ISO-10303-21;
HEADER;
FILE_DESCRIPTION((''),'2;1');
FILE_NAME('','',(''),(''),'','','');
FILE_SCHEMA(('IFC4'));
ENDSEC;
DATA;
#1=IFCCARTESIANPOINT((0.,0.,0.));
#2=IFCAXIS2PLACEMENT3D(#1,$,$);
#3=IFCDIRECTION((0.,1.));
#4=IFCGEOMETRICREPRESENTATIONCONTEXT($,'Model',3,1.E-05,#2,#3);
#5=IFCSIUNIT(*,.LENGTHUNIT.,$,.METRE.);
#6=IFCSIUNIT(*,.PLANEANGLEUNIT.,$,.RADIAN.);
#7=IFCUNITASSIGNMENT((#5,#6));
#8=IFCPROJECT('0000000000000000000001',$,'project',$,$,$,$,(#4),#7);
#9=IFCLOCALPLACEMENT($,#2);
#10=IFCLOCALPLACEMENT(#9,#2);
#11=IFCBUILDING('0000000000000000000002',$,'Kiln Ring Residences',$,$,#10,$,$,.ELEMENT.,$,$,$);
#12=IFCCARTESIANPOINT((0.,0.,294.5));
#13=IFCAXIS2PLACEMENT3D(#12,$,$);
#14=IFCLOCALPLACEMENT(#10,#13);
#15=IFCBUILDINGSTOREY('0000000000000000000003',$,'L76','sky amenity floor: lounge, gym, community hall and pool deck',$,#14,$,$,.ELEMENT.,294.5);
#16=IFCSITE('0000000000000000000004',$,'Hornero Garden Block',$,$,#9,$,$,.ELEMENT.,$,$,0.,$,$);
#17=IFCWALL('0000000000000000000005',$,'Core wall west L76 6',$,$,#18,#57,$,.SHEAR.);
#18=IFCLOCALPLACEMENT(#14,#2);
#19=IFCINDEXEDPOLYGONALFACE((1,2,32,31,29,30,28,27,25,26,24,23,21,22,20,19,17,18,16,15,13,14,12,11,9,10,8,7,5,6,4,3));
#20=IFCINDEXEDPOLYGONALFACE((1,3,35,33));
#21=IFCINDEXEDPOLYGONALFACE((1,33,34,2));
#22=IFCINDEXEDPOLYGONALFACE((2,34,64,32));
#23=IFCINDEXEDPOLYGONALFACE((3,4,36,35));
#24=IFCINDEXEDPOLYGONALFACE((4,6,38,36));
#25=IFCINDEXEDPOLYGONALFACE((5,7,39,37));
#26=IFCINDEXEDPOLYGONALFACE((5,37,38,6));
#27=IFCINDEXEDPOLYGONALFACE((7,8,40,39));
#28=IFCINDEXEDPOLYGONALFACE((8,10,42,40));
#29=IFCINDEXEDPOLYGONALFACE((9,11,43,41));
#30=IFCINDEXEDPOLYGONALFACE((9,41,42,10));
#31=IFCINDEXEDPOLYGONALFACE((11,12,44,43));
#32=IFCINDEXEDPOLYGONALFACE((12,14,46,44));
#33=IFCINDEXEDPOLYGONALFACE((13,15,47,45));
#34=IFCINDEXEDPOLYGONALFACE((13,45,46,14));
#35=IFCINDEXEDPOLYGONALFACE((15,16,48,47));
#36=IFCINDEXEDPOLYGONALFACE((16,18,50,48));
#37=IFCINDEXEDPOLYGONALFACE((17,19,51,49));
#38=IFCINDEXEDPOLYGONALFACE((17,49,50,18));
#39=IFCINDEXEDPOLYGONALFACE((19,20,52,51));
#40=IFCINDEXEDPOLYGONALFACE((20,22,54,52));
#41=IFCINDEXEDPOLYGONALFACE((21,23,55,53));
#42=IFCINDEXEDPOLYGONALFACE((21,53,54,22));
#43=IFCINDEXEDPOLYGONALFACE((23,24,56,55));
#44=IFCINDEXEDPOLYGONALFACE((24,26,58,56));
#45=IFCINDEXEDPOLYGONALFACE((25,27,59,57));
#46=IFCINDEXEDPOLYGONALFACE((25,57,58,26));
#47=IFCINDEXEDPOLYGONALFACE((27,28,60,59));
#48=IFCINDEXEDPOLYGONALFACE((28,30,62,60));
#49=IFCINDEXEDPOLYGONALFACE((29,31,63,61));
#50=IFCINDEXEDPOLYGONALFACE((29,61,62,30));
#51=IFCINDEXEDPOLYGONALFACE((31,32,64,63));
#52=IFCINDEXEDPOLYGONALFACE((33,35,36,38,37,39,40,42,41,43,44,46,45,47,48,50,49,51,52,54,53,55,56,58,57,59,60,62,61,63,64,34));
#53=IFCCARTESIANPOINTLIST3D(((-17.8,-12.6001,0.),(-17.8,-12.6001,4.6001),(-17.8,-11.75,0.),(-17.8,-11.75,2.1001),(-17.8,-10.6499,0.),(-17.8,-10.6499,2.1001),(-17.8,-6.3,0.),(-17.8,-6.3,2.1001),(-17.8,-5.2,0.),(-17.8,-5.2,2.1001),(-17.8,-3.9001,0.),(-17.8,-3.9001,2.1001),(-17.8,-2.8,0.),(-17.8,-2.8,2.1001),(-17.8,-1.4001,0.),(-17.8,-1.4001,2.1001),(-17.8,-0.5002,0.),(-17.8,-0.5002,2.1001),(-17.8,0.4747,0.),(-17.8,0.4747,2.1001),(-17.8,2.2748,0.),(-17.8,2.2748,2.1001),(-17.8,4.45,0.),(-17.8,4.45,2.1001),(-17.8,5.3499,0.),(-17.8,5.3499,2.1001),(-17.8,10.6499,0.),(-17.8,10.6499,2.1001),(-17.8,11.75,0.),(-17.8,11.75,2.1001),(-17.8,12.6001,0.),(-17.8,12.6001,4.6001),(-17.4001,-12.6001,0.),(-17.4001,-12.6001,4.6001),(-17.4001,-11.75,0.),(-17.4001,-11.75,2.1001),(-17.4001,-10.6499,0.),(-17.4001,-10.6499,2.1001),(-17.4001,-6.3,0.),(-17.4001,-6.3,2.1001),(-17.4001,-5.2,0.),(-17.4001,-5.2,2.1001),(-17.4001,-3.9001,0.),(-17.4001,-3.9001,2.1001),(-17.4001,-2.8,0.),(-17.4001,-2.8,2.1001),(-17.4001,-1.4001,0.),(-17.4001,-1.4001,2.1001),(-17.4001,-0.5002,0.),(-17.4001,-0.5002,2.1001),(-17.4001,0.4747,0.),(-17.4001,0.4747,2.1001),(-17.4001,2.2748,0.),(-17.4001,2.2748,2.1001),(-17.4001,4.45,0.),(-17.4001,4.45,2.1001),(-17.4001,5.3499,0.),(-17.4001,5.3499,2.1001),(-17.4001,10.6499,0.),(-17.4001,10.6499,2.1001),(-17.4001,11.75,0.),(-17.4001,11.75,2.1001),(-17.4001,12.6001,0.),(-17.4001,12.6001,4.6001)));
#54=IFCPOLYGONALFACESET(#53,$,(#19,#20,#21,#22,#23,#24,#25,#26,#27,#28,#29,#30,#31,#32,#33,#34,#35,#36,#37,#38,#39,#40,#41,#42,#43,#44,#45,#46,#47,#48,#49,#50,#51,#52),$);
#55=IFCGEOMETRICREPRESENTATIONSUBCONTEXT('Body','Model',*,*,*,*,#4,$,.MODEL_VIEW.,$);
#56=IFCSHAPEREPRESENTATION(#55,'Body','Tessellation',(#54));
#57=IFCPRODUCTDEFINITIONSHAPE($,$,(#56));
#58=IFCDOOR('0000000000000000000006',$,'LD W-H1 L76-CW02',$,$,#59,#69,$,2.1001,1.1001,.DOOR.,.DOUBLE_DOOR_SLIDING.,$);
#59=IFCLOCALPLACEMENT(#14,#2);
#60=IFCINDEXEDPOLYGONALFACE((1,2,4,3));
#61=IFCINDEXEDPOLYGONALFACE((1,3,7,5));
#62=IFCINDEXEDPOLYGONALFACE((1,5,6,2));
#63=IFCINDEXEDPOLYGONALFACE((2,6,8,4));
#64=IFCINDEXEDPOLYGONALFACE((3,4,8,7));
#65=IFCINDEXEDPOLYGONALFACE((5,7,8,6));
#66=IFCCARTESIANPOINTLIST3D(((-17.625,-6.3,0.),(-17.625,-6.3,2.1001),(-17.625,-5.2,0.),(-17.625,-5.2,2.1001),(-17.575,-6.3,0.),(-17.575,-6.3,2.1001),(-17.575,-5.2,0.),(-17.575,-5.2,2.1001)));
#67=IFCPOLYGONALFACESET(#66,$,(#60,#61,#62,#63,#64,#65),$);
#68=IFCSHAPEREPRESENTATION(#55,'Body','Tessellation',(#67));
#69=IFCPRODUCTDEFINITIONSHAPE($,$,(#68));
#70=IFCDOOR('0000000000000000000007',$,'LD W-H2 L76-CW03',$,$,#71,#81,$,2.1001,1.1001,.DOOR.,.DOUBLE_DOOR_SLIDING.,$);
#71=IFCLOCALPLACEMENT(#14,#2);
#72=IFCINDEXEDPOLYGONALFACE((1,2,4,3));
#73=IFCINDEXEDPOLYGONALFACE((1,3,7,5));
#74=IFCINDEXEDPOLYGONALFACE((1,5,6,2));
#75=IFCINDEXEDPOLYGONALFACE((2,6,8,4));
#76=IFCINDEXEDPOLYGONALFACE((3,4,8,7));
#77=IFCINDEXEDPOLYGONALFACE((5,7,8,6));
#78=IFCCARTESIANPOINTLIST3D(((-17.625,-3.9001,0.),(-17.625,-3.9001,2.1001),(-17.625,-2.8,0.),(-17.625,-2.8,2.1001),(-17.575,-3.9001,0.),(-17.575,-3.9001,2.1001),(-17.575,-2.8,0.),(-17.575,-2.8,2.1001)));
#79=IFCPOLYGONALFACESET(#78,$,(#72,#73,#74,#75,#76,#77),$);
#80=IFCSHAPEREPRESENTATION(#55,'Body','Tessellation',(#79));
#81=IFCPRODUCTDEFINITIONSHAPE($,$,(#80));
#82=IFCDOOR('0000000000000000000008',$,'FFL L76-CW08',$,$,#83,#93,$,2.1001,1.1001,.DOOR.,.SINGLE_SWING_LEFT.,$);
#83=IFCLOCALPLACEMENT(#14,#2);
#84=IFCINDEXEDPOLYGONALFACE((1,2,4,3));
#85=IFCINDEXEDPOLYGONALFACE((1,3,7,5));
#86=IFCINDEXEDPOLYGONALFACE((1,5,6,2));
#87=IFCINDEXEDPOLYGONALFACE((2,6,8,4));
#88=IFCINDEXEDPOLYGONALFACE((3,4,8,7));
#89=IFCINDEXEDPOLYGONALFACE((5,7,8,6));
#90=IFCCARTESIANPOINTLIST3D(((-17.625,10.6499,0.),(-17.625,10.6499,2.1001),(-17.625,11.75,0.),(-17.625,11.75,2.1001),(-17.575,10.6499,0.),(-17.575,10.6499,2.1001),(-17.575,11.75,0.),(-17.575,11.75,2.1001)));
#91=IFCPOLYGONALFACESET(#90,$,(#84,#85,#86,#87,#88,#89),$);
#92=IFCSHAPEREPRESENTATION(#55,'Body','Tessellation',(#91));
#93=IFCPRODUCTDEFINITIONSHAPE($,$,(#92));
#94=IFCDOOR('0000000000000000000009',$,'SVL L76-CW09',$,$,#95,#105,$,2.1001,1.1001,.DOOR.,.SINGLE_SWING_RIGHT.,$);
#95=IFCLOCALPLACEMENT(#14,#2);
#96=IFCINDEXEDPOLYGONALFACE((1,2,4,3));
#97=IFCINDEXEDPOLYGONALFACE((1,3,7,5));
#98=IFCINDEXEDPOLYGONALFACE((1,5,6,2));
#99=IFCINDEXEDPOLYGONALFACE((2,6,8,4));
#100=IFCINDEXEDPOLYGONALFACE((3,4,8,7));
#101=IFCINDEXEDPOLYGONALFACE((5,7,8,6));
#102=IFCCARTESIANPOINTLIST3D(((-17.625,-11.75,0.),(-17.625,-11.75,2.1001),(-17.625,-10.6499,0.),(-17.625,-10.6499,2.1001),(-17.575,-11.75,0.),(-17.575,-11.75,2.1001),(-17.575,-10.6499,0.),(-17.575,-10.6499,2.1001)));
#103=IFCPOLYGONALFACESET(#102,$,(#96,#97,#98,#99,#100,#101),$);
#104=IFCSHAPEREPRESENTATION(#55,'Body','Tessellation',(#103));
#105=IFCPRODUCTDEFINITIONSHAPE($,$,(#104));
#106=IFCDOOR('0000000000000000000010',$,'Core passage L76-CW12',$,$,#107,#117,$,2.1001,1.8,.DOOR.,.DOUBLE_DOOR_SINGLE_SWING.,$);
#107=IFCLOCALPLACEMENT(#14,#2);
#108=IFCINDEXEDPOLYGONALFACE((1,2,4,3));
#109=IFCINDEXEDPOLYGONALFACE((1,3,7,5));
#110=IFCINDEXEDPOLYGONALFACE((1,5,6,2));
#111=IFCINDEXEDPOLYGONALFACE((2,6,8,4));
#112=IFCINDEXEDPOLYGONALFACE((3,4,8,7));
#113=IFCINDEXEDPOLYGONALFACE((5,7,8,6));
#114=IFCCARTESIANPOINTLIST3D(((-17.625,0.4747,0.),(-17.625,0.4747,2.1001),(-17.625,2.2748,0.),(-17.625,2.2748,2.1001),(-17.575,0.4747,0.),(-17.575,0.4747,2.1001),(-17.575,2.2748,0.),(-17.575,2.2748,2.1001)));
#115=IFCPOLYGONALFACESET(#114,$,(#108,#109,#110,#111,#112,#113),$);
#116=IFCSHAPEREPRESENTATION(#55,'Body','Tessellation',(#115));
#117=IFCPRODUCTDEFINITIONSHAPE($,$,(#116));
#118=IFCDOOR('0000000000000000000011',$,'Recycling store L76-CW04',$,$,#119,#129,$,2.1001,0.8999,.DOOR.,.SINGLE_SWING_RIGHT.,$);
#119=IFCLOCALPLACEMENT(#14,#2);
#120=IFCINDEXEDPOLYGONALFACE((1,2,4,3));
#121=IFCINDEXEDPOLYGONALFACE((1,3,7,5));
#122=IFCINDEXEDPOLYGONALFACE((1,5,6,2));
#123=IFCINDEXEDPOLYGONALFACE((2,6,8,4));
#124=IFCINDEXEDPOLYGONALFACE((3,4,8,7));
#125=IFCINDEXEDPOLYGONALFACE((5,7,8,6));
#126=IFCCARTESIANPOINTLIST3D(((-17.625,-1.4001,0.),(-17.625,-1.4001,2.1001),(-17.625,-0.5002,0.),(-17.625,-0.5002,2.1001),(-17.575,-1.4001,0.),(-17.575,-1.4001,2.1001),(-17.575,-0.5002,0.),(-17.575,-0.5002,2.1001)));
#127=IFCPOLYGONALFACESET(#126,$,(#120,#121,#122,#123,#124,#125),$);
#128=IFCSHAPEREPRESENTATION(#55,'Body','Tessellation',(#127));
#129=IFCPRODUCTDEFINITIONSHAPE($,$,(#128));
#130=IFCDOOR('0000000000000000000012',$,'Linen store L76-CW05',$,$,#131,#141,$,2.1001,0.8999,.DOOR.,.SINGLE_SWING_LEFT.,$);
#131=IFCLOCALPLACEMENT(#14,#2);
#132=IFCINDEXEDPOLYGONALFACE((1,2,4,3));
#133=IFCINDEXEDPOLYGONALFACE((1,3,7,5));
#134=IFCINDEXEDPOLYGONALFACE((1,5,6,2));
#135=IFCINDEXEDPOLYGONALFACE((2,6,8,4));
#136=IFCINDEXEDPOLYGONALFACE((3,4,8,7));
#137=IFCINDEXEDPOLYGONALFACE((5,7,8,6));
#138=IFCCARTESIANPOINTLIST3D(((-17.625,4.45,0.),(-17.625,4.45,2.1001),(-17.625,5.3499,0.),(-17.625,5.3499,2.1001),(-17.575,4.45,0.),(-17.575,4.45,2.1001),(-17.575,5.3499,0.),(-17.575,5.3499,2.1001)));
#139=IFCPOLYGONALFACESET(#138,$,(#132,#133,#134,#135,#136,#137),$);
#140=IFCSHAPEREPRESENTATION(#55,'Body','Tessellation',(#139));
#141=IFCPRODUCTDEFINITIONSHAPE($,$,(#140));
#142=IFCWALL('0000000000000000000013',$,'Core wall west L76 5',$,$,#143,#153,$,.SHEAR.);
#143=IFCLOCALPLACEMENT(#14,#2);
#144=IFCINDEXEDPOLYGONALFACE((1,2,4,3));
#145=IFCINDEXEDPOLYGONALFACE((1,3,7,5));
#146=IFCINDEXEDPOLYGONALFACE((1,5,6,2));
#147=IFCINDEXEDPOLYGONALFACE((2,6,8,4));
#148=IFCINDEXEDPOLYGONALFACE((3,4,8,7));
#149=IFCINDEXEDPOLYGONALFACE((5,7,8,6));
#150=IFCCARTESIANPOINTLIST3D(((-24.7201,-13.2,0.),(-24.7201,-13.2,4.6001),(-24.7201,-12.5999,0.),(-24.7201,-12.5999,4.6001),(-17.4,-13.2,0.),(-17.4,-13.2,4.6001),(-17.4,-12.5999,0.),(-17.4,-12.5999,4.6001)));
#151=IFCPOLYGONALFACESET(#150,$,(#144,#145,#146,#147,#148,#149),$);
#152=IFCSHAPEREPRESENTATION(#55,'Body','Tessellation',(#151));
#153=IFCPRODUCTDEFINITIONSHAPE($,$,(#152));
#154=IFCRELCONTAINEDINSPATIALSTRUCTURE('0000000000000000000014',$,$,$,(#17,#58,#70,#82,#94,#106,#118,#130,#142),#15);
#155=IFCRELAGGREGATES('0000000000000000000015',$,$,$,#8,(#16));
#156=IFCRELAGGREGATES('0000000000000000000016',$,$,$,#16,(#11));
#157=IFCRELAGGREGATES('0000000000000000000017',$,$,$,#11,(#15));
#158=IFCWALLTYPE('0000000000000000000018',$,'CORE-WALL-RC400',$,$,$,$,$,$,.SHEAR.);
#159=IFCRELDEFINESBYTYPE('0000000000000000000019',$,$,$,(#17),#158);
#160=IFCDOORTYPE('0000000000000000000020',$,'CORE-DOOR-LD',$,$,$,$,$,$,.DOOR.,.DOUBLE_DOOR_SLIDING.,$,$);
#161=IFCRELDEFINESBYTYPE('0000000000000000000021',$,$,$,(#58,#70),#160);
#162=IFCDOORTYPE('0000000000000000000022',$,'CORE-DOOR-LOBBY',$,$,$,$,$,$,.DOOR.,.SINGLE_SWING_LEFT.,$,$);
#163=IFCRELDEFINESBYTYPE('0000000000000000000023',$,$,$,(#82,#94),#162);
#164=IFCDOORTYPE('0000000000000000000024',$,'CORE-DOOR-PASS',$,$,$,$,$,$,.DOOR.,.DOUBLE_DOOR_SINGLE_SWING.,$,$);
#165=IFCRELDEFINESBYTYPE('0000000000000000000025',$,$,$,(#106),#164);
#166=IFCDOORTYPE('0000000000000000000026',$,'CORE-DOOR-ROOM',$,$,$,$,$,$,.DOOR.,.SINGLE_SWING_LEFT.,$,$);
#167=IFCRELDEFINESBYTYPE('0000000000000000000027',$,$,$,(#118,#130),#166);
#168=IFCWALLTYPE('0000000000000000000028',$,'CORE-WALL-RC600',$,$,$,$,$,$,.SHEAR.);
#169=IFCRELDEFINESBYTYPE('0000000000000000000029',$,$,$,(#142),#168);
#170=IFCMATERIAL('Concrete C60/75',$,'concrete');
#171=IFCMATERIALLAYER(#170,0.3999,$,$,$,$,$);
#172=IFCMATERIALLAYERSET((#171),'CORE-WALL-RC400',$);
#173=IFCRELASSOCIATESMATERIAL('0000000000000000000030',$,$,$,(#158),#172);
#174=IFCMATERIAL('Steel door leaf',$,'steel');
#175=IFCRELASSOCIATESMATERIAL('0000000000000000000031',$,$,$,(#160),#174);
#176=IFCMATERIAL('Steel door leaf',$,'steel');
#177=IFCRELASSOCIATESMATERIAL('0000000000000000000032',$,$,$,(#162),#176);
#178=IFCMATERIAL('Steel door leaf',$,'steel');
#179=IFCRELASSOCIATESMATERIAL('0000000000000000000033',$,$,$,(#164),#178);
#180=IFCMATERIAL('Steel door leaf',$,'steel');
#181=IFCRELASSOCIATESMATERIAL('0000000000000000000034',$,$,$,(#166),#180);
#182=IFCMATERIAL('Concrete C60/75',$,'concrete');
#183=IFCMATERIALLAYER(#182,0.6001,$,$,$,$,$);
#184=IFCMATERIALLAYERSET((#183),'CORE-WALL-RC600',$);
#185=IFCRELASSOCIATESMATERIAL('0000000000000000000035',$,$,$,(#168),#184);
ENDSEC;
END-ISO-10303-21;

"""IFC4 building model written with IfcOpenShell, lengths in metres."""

from ifc_helpers import new_model, si_unit, direction, frame, frame_2d, origin, place, context, subcontext, project, spatial, rectangle, extrude, material, layer, layer_set, type_object, element, fill, save


model = new_model("IFC4")

# Units and contexts
model_context = context("Model", 3, precision=1e-05, world=origin(), true_north=direction((0.0, 1.0)))
body_context = subcontext(model_context, "Body", "Model", "MODEL_VIEW")
ifc_project = project(units=[si_unit("LENGTHUNIT", "METRE"), si_unit("PLANEANGLEUNIT", "RADIAN")], contexts=[model_context])

# Site, building, storey
site_placement = place(None, origin())
site = spatial("IfcSite", under=ifc_project, at=site_placement, Name="Hornero Garden Block", CompositionType="ELEMENT", RefElevation=0.0)
building_placement = place(site_placement, origin())
building = spatial("IfcBuilding", under=site, at=building_placement, Name="Kiln Ring Residences", CompositionType="ELEMENT")
storey_placement = place(building_placement, frame((0.0, 0.0, 294.5)))
storey = spatial("IfcBuildingStorey", under=building, at=storey_placement, Name="L76", Description="sky amenity floor: lounge, gym, community hall and pool deck", CompositionType="ELEMENT", Elevation=294.5)

# Wall, openings, doors
ifc_material_1 = material(Name="Concrete C60/75", Category="concrete")
ifc_layer_1 = layer(ifc_material_1, 0.3999)
ifc_layer_set_1 = layer_set([ifc_layer_1], Name="CORE-WALL-RC400")
wall_type_1 = type_object("IfcWallType", Name="CORE-WALL-RC400", PredefinedType="SHEAR", material=ifc_layer_set_1)
wall_1_placement = place(storey_placement, frame((-17.6001, -12.6001, 0.0), z_axis=(0.0, 0.0, 1.0), x_axis=(0.0, 1.0, 0.0)))
wall_1 = element("IfcWall", 1, at=wall_1_placement, inside=storey, type_object=wall_type_1, Name="Core wall west L76 6", PredefinedType="SHEAR", context=body_context, shape_type="SweptSolid", body=[
    extrude(rectangle(XDim=25.2002, YDim=0.3999, at=frame_2d((12.6001, 0.0))), origin(), (0.0, 0.0, 1.0), 4.6001),
])
opening_1_placement = place(wall_1_placement, frame((6.3, 0.0, 0.0)))
opening_1 = element("IfcOpeningElement", 2, at=opening_1_placement, cuts=wall_1, PredefinedType="OPENING", context=body_context, shape_type="SweptSolid", body=[
    extrude(rectangle(XDim=1.1001, YDim=2.1001, at=frame_2d((0.55, 1.05))), frame((0.0, 0.21, 0.0), z_axis=(0.0, -1.0, 0.0), x_axis=(1.0, 0.0, 0.0)), (0.0, 0.0, 1.0), 0.4199),
])
opening_2_placement = place(wall_1_placement, frame((8.7, 0.0, 0.0)))
opening_2 = element("IfcOpeningElement", 3, at=opening_2_placement, cuts=wall_1, PredefinedType="OPENING", context=body_context, shape_type="SweptSolid", body=[
    extrude(rectangle(XDim=1.1001, YDim=2.1001, at=frame_2d((0.55, 1.05))), frame((0.0, 0.21, 0.0), z_axis=(0.0, -1.0, 0.0), x_axis=(1.0, 0.0, 0.0)), (0.0, 0.0, 1.0), 0.4199),
])
opening_3_placement = place(wall_1_placement, frame((11.2, 0.0, 0.0)))
opening_3 = element("IfcOpeningElement", 4, at=opening_3_placement, cuts=wall_1, PredefinedType="OPENING", context=body_context, shape_type="SweptSolid", body=[
    extrude(rectangle(XDim=0.8999, YDim=2.1001, at=frame_2d((0.45, 1.05))), frame((0.0, 0.21, 0.0), z_axis=(0.0, -1.0, 0.0), x_axis=(1.0, 0.0, 0.0)), (0.0, 0.0, 1.0), 0.4199),
])
opening_4_placement = place(wall_1_placement, frame((17.05, 0.0, 0.0)))
opening_4 = element("IfcOpeningElement", 5, at=opening_4_placement, cuts=wall_1, PredefinedType="OPENING", context=body_context, shape_type="SweptSolid", body=[
    extrude(rectangle(XDim=0.8999, YDim=2.1001, at=frame_2d((0.45, 1.05))), frame((0.0, 0.21, 0.0), z_axis=(0.0, -1.0, 0.0), x_axis=(1.0, 0.0, 0.0)), (0.0, 0.0, 1.0), 0.4199),
])
opening_5_placement = place(wall_1_placement, frame((23.25, 0.0, 0.0)))
opening_5 = element("IfcOpeningElement", 6, at=opening_5_placement, cuts=wall_1, PredefinedType="OPENING", context=body_context, shape_type="SweptSolid", body=[
    extrude(rectangle(XDim=1.1001, YDim=2.1001, at=frame_2d((0.55, 1.05))), frame((0.0, 0.21, 0.0), z_axis=(0.0, -1.0, 0.0), x_axis=(1.0, 0.0, 0.0)), (0.0, 0.0, 1.0), 0.4199),
])
opening_6_placement = place(wall_1_placement, frame((0.8501, 0.0, 0.0)))
opening_6 = element("IfcOpeningElement", 7, at=opening_6_placement, cuts=wall_1, PredefinedType="OPENING", context=body_context, shape_type="SweptSolid", body=[
    extrude(rectangle(XDim=1.1001, YDim=2.1001, at=frame_2d((0.55, 1.05))), frame((0.0, 0.21, 0.0), z_axis=(0.0, -1.0, 0.0), x_axis=(1.0, 0.0, 0.0)), (0.0, 0.0, 1.0), 0.4199),
])
opening_7_placement = place(wall_1_placement, frame((13.075, 0.0, 0.0)))
opening_7 = element("IfcOpeningElement", 8, at=opening_7_placement, cuts=wall_1, PredefinedType="OPENING", context=body_context, shape_type="SweptSolid", body=[
    extrude(rectangle(XDim=1.8, YDim=2.1001, at=frame_2d((0.8999, 1.05))), frame((0.0, 0.21, 0.0), z_axis=(0.0, -1.0, 0.0), x_axis=(1.0, 0.0, 0.0)), (0.0, 0.0, 1.0), 0.4199),
])
ifc_material_2 = material(Name="Steel door leaf", Category="steel")
door_type_1 = type_object("IfcDoorType", Name="CORE-DOOR-LD", OperationType="DOUBLE_DOOR_SLIDING", PredefinedType="DOOR", material=ifc_material_2)
door_1_placement = place(opening_1_placement, origin())
door_1 = element("IfcDoor", 9, at=door_1_placement, inside=storey, type_object=door_type_1, Name="LD W-H1 L76-CW02", OperationType="DOUBLE_DOOR_SLIDING", OverallHeight=2.1001, OverallWidth=1.1001, PredefinedType="DOOR", context=body_context, shape_type="SweptSolid", body=[
    extrude(rectangle(XDim=1.1001, YDim=2.1001, at=frame_2d((0.55, 1.05))), frame((0.0, 0.0249, 0.0), z_axis=(0.0, -1.0, 0.0), x_axis=(1.0, 0.0, 0.0)), (0.0, 0.0, 1.0), 0.05),
])
fill(opening_1, door_1)
door_2_placement = place(opening_2_placement, origin())
door_2 = element("IfcDoor", 10, at=door_2_placement, inside=storey, type_object=door_type_1, Name="LD W-H2 L76-CW03", OperationType="DOUBLE_DOOR_SLIDING", OverallHeight=2.1001, OverallWidth=1.1001, PredefinedType="DOOR", context=body_context, shape_type="SweptSolid", body=[
    extrude(rectangle(XDim=1.1001, YDim=2.1001, at=frame_2d((0.55, 1.05))), frame((0.0, 0.0249, 0.0), z_axis=(0.0, -1.0, 0.0), x_axis=(1.0, 0.0, 0.0)), (0.0, 0.0, 1.0), 0.05),
])
fill(opening_2, door_2)
ifc_material_3 = material(Name="Steel door leaf", Category="steel")
door_type_2 = type_object("IfcDoorType", Name="CORE-DOOR-LOBBY", OperationType="SINGLE_SWING_LEFT", PredefinedType="DOOR", material=ifc_material_3)
door_3_placement = place(opening_5_placement, origin())
door_3 = element("IfcDoor", 11, at=door_3_placement, inside=storey, type_object=door_type_2, Name="FFL L76-CW08", OperationType="SINGLE_SWING_LEFT", OverallHeight=2.1001, OverallWidth=1.1001, PredefinedType="DOOR", context=body_context, shape_type="SweptSolid", body=[
    extrude(rectangle(XDim=1.1001, YDim=2.1001, at=frame_2d((0.55, 1.05))), frame((0.0, 0.0249, 0.0), z_axis=(0.0, -1.0, 0.0), x_axis=(1.0, 0.0, 0.0)), (0.0, 0.0, 1.0), 0.05),
])
fill(opening_5, door_3)
door_4_placement = place(opening_6_placement, origin())
door_4 = element("IfcDoor", 12, at=door_4_placement, inside=storey, type_object=door_type_2, Name="SVL L76-CW09", OperationType="SINGLE_SWING_RIGHT", OverallHeight=2.1001, OverallWidth=1.1001, PredefinedType="DOOR", context=body_context, shape_type="SweptSolid", body=[
    extrude(rectangle(XDim=1.1001, YDim=2.1001, at=frame_2d((0.55, 1.05))), frame((0.0, 0.0249, 0.0), z_axis=(0.0, -1.0, 0.0), x_axis=(1.0, 0.0, 0.0)), (0.0, 0.0, 1.0), 0.05),
])
fill(opening_6, door_4)
ifc_material_4 = material(Name="Steel door leaf", Category="steel")
door_type_3 = type_object("IfcDoorType", Name="CORE-DOOR-PASS", OperationType="DOUBLE_DOOR_SINGLE_SWING", PredefinedType="DOOR", material=ifc_material_4)
door_5_placement = place(opening_7_placement, origin())
door_5 = element("IfcDoor", 13, at=door_5_placement, inside=storey, type_object=door_type_3, Name="Core passage L76-CW12", OperationType="DOUBLE_DOOR_SINGLE_SWING", OverallHeight=2.1001, OverallWidth=1.8, PredefinedType="DOOR", context=body_context, shape_type="SweptSolid", body=[
    extrude(rectangle(XDim=1.8, YDim=2.1001, at=frame_2d((0.8999, 1.05))), frame((0.0, 0.0249, 0.0), z_axis=(0.0, -1.0, 0.0), x_axis=(1.0, 0.0, 0.0)), (0.0, 0.0, 1.0), 0.05),
])
fill(opening_7, door_5)
ifc_material_5 = material(Name="Steel door leaf", Category="steel")
door_type_4 = type_object("IfcDoorType", Name="CORE-DOOR-ROOM", OperationType="SINGLE_SWING_LEFT", PredefinedType="DOOR", material=ifc_material_5)
door_6_placement = place(opening_3_placement, origin())
door_6 = element("IfcDoor", 14, at=door_6_placement, inside=storey, type_object=door_type_4, Name="Recycling store L76-CW04", OperationType="SINGLE_SWING_RIGHT", OverallHeight=2.1001, OverallWidth=0.8999, PredefinedType="DOOR", context=body_context, shape_type="SweptSolid", body=[
    extrude(rectangle(XDim=0.8999, YDim=2.1001, at=frame_2d((0.45, 1.05))), frame((0.0, 0.0249, 0.0), z_axis=(0.0, -1.0, 0.0), x_axis=(1.0, 0.0, 0.0)), (0.0, 0.0, 1.0), 0.05),
])
fill(opening_3, door_6)
door_7_placement = place(opening_4_placement, origin())
door_7 = element("IfcDoor", 15, at=door_7_placement, inside=storey, type_object=door_type_4, Name="Linen store L76-CW05", OperationType="SINGLE_SWING_LEFT", OverallHeight=2.1001, OverallWidth=0.8999, PredefinedType="DOOR", context=body_context, shape_type="SweptSolid", body=[
    extrude(rectangle(XDim=0.8999, YDim=2.1001, at=frame_2d((0.45, 1.05))), frame((0.0, 0.0249, 0.0), z_axis=(0.0, -1.0, 0.0), x_axis=(1.0, 0.0, 0.0)), (0.0, 0.0, 1.0), 0.05),
])
fill(opening_4, door_7)

# Wall
ifc_material_6 = material(Name="Concrete C60/75", Category="concrete")
ifc_layer_2 = layer(ifc_material_6, 0.6001)
ifc_layer_set_2 = layer_set([ifc_layer_2], Name="CORE-WALL-RC600")
wall_type_2 = type_object("IfcWallType", Name="CORE-WALL-RC600", PredefinedType="SHEAR", material=ifc_layer_set_2)
wall_2_placement = place(storey_placement, frame((-17.3999, -12.8999, 0.0), z_axis=(0.0, 0.0, 1.0), x_axis=(-1.0, 0.0, 0.0)))
element("IfcWall", 16, at=wall_2_placement, inside=storey, type_object=wall_type_2, Name="Core wall west L76 5", PredefinedType="SHEAR", context=body_context, shape_type="SweptSolid", body=[
    extrude(rectangle(XDim=7.3201, YDim=0.6001, at=frame_2d((3.6602, 0.0))), origin(), (0.0, 0.0, 1.0), 4.6001),
])

save(model, "model.ifc")
